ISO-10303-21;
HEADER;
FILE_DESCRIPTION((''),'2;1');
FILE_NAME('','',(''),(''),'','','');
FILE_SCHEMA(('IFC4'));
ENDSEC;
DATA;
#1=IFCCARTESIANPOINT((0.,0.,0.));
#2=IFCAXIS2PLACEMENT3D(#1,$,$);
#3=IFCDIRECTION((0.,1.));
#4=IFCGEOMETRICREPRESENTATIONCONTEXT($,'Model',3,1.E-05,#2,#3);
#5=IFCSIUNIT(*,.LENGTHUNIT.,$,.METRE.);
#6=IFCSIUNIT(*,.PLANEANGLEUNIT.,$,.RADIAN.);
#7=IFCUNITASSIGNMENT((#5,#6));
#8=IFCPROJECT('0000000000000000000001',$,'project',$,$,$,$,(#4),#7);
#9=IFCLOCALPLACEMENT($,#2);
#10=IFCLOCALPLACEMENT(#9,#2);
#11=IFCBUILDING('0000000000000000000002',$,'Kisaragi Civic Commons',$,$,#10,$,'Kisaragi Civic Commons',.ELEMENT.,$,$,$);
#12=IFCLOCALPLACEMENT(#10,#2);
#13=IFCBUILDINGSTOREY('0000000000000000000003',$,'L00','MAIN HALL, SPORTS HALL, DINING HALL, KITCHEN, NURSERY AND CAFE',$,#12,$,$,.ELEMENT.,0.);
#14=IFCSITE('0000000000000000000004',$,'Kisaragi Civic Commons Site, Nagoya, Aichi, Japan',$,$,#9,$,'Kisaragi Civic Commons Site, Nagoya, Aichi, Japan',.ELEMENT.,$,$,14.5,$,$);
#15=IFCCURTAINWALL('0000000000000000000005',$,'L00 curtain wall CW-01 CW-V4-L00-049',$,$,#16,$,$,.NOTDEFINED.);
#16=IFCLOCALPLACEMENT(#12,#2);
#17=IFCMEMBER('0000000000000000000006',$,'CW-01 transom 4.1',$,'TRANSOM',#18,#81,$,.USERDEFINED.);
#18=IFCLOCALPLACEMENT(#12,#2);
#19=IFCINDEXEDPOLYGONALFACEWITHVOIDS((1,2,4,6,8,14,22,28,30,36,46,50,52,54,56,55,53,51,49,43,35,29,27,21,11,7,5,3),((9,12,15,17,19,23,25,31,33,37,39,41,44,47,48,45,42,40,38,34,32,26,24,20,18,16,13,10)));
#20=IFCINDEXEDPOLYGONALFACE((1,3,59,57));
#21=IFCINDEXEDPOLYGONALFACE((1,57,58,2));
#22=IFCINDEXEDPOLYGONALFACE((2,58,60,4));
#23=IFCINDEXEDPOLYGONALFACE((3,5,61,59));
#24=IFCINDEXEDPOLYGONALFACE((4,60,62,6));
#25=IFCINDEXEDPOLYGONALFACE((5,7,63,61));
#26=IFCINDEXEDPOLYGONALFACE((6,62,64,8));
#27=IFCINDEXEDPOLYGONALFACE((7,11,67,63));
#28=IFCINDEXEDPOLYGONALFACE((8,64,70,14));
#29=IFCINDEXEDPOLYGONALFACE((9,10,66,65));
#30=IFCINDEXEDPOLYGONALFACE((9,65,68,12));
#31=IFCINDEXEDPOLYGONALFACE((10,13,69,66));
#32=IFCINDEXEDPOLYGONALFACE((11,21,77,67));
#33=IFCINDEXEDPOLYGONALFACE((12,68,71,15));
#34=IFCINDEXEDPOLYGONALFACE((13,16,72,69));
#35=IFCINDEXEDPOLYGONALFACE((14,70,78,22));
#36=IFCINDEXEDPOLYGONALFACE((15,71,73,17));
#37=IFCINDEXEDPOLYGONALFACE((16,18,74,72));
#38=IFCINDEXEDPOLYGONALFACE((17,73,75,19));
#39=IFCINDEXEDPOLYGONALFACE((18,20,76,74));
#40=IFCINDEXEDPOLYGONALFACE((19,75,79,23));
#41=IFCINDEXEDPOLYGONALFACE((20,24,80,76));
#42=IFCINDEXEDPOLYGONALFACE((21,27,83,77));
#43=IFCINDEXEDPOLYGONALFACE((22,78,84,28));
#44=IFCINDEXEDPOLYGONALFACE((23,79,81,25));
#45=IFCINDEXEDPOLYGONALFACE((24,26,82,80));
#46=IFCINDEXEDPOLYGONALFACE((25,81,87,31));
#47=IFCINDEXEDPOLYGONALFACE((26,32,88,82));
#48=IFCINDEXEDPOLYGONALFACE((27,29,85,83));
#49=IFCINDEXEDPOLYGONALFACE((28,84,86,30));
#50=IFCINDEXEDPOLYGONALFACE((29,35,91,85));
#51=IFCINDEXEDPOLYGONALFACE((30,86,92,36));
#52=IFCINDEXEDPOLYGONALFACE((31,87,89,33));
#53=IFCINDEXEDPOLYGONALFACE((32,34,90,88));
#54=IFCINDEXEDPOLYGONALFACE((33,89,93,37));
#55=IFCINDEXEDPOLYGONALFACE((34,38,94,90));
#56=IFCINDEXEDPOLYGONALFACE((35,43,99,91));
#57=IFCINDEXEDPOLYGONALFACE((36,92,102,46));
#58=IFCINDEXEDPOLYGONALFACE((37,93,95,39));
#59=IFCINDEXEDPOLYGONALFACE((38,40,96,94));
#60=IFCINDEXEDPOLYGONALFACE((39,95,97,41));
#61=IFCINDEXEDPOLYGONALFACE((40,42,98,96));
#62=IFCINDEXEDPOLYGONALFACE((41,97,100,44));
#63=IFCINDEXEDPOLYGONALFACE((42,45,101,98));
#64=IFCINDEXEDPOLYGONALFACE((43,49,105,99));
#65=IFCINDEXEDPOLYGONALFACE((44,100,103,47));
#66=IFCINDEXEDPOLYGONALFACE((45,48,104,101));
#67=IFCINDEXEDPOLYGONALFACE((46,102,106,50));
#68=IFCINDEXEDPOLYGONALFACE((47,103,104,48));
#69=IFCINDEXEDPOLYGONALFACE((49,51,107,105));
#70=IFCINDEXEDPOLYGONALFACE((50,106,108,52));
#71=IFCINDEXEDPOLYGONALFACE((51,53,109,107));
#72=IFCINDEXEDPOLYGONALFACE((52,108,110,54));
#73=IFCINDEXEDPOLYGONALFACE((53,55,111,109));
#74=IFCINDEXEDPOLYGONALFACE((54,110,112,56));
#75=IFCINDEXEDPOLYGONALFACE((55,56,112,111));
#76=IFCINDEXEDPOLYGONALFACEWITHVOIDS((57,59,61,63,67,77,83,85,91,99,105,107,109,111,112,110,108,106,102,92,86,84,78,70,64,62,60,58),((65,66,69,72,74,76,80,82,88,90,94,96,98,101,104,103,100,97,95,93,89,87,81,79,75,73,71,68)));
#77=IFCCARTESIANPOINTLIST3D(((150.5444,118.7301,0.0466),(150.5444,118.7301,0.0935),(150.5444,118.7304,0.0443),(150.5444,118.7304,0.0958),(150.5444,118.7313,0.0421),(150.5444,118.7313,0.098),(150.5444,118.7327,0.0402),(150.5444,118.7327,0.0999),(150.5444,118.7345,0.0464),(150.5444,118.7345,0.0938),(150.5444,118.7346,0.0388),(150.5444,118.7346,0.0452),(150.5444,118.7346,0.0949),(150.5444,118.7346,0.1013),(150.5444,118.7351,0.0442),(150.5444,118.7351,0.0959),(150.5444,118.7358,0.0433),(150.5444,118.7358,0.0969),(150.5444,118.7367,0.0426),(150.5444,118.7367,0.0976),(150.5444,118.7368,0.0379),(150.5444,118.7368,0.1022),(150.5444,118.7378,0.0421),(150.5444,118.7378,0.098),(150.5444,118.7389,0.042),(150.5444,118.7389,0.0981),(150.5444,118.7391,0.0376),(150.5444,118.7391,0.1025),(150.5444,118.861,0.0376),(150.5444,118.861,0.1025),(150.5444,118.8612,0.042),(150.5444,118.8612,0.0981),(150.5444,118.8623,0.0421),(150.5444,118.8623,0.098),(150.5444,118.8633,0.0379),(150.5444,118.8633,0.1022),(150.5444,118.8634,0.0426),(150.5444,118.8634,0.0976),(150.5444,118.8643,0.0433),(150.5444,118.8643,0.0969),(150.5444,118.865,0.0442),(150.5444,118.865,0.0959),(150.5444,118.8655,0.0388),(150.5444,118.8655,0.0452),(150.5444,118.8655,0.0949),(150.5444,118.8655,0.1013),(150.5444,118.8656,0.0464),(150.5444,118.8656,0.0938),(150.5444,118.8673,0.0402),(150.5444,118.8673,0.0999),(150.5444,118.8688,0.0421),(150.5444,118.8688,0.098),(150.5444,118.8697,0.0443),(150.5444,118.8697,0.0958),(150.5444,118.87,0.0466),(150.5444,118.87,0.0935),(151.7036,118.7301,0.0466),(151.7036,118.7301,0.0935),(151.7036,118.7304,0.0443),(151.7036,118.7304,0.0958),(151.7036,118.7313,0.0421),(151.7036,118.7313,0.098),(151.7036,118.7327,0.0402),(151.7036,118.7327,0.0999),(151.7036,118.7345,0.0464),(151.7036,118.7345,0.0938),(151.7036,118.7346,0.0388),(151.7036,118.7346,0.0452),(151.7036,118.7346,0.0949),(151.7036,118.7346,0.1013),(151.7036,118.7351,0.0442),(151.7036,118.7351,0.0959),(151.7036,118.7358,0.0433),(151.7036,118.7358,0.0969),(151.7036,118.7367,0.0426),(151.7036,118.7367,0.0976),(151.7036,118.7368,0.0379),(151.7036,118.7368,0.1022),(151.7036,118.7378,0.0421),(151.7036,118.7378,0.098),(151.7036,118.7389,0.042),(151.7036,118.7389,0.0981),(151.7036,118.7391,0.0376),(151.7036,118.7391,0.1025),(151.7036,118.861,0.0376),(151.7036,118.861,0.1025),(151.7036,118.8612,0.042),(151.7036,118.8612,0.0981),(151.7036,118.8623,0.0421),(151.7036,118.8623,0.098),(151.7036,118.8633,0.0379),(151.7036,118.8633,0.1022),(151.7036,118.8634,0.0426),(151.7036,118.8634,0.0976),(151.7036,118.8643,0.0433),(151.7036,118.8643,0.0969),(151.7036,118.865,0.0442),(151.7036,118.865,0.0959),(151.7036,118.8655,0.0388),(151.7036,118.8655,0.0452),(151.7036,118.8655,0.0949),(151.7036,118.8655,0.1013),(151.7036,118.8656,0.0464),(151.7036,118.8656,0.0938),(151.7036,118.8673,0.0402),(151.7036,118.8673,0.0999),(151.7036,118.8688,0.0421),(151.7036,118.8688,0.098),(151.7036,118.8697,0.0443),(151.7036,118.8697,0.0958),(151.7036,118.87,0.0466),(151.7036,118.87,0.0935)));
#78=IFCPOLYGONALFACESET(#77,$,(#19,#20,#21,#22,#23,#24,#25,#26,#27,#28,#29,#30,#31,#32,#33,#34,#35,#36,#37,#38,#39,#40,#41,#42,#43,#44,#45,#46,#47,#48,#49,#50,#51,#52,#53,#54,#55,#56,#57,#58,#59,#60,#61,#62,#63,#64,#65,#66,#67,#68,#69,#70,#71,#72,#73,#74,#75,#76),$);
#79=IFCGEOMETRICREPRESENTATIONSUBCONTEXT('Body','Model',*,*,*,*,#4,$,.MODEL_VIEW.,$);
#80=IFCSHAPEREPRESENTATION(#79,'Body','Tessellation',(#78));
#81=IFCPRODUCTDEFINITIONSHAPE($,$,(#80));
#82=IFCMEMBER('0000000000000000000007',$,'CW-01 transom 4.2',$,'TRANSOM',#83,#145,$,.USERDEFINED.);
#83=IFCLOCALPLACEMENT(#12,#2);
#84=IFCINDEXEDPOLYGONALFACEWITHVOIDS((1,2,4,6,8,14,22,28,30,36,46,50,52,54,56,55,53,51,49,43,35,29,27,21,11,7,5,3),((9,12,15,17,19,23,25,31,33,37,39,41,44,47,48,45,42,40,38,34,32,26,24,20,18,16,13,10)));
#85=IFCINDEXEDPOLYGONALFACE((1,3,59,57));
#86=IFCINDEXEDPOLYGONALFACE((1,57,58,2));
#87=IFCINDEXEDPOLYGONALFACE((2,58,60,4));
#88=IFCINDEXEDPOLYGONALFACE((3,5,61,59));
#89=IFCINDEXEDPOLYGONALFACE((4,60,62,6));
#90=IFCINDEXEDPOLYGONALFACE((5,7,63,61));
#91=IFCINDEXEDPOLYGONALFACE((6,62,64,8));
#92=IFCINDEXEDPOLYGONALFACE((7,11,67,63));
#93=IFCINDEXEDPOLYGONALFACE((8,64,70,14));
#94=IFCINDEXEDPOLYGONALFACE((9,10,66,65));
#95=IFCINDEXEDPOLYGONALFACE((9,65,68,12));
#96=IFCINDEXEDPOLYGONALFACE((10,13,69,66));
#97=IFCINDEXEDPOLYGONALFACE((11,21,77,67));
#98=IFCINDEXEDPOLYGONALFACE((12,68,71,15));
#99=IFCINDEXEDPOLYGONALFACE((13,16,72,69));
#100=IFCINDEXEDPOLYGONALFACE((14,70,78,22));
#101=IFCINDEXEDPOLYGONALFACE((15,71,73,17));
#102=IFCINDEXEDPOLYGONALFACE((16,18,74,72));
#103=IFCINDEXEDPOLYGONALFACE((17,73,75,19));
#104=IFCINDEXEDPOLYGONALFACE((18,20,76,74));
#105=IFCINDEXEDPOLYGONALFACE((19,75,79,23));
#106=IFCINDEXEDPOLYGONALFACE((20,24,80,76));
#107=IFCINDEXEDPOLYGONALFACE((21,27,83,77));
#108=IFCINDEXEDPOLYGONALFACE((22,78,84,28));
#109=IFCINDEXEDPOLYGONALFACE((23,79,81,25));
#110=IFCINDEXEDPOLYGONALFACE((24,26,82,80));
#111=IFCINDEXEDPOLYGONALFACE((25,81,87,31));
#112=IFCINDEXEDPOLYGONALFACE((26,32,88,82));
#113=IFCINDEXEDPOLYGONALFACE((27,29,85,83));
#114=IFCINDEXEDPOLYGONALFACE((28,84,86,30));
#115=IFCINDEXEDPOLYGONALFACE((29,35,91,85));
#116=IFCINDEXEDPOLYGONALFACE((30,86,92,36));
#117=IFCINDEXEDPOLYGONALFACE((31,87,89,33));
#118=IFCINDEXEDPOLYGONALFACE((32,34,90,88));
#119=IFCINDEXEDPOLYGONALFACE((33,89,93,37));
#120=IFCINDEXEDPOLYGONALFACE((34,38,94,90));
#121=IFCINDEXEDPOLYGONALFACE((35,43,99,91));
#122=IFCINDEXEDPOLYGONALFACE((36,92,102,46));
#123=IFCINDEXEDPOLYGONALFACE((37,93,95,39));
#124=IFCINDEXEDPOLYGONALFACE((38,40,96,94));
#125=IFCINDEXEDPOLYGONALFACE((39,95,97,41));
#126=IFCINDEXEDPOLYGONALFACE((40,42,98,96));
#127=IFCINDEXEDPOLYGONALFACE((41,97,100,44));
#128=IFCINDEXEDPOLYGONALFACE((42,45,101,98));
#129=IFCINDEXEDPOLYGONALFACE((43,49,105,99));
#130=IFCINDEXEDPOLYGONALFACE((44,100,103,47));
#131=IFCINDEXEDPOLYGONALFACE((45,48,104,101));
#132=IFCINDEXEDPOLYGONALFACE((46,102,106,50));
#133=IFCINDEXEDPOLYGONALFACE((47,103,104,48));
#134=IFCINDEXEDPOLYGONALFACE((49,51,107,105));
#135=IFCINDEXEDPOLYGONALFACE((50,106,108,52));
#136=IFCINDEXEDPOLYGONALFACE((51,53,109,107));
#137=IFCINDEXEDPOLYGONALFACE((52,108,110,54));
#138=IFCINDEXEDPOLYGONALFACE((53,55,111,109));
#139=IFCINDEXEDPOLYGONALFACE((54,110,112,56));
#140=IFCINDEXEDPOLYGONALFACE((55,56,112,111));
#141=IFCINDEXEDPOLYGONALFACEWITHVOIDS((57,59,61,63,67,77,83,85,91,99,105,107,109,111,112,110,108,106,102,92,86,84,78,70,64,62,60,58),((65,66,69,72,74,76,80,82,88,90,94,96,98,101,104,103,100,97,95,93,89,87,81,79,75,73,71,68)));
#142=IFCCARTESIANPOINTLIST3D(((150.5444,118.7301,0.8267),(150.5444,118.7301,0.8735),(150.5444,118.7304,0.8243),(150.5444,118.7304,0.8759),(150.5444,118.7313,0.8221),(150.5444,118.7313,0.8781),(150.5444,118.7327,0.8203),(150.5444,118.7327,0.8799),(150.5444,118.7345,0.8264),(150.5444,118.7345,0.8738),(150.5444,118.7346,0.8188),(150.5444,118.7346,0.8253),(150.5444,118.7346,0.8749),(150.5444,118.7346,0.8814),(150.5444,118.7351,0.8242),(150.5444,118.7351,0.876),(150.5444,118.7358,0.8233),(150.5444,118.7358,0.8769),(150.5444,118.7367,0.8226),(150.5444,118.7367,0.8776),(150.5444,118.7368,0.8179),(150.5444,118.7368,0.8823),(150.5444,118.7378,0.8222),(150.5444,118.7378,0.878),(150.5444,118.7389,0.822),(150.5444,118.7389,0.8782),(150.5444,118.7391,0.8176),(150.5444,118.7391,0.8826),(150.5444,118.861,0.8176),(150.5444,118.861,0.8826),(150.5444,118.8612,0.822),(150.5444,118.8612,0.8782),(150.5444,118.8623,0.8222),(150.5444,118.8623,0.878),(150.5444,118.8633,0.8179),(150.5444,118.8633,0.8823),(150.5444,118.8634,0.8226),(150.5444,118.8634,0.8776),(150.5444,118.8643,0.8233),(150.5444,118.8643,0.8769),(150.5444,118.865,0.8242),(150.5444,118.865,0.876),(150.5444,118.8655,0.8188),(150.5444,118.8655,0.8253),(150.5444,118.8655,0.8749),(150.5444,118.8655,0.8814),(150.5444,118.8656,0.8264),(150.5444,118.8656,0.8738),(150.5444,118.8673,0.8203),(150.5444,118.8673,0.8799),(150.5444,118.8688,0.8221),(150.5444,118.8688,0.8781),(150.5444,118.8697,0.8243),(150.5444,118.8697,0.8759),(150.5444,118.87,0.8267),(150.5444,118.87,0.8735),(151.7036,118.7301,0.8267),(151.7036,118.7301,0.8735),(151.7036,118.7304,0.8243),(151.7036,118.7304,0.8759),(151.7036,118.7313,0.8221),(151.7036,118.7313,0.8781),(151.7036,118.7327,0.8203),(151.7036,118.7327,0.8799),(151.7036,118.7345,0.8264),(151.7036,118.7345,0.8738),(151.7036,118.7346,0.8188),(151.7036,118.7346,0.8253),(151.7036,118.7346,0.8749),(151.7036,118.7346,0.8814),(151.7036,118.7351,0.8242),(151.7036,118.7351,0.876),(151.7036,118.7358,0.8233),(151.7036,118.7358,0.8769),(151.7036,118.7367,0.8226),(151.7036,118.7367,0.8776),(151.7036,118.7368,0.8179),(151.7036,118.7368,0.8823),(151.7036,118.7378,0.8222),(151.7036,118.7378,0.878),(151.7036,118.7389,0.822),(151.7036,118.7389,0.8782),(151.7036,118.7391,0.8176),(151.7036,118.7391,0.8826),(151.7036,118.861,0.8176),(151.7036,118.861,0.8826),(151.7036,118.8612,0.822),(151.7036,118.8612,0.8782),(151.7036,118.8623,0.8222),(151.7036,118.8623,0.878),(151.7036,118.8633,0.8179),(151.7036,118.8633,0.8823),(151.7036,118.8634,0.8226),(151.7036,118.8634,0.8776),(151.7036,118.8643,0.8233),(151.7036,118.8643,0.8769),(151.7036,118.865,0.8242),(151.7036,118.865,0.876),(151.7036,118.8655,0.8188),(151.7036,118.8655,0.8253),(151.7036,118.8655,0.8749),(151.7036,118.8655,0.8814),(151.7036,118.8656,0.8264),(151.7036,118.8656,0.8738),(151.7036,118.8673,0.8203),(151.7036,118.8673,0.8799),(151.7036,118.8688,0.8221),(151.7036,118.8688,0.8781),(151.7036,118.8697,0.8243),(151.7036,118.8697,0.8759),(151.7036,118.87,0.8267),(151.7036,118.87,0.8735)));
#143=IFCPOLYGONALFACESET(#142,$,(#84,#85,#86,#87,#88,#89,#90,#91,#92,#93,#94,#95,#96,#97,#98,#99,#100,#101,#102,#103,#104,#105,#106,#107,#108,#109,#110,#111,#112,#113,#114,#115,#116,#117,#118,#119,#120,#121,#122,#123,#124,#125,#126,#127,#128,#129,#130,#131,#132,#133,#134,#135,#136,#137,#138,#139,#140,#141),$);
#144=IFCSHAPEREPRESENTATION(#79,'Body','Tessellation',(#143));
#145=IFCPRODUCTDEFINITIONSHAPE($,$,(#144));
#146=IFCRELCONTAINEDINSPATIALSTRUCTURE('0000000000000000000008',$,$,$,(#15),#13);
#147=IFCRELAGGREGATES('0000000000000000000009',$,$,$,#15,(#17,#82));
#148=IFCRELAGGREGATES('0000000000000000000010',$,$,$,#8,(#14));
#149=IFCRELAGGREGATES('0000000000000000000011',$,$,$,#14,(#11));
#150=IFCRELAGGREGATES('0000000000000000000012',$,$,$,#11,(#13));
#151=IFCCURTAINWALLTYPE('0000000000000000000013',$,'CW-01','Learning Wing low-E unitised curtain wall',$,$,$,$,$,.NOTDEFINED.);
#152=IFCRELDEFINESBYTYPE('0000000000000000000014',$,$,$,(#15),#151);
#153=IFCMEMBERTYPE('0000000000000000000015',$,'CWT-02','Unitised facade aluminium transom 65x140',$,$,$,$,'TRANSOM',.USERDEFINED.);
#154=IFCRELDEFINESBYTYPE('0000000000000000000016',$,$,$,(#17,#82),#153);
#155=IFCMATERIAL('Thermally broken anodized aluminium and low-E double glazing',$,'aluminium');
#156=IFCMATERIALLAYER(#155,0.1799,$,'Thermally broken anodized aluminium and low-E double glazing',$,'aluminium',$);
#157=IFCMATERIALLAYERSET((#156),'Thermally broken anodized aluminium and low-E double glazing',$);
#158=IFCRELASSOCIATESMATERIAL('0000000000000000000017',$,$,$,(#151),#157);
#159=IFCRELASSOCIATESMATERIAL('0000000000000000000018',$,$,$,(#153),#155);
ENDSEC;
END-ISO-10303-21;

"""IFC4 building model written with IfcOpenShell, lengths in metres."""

from ifc_helpers import new_model, si_unit, direction, frame, origin, origin_2d, place, context, subcontext, project, spatial, hollow_rectangle, extrude, material, layer, layer_set, material_profile, profile_set, type_object, element, aggregate, save


model = new_model("IFC4")

# Units and contexts
model_context = context("Model", 3, precision=1e-05, world=origin(), true_north=direction((0.0, 1.0)))
body_context = subcontext(model_context, "Body", "Model", "MODEL_VIEW")
ifc_project = project(units=[si_unit("LENGTHUNIT", "METRE"), si_unit("PLANEANGLEUNIT", "RADIAN")], contexts=[model_context])

# Site, building, storey
site_placement = place(None, origin())
site = spatial("IfcSite", under=ifc_project, at=site_placement, Name="Kisaragi Civic Commons Site, Nagoya, Aichi, Japan", LongName="Kisaragi Civic Commons Site, Nagoya, Aichi, Japan", CompositionType="ELEMENT", RefElevation=14.5)
building_placement = place(site_placement, origin())
building = spatial("IfcBuilding", under=site, at=building_placement, Name="Kisaragi Civic Commons", LongName="Kisaragi Civic Commons", CompositionType="ELEMENT")
storey_placement = place(building_placement, origin())
storey = spatial("IfcBuildingStorey", under=building, at=storey_placement, Name="L00", Description="MAIN HALL, SPORTS HALL, DINING HALL, KITCHEN, NURSERY AND CAFE", CompositionType="ELEMENT", Elevation=0.0)

# Curtain wall, members
ifc_material_1 = material(Name="Thermally broken anodized aluminium and low-E double glazing", Category="aluminium")
ifc_layer_1 = layer(ifc_material_1, 0.1799, Name="Thermally broken anodized aluminium and low-E double glazing", Category="aluminium")
ifc_layer_set_1 = layer_set([ifc_layer_1], Name="Thermally broken anodized aluminium and low-E double glazing")
curtain_wall_type = type_object("IfcCurtainWallType", Name="CW-01", Description="Learning Wing low-E unitised curtain wall", PredefinedType="NOTDEFINED", material=ifc_layer_set_1)
curtain_wall_placement = place(storey_placement, origin())
curtain_wall = element("IfcCurtainWall", 1, at=curtain_wall_placement, inside=storey, type_object=curtain_wall_type, Name="L00 curtain wall CW-01 CW-V4-L00-049", PredefinedType="NOTDEFINED")
ifc_material_profile_1 = material_profile(ifc_material_1, hollow_rectangle(XDim=0.1399, YDim=0.0649, WallThickness=0.0044, InnerFilletRadius=0.0044, OuterFilletRadius=0.009, at=origin_2d()), Name="CWT-65x140x4.5", Category="aluminium")
ifc_profile_set_1 = profile_set([ifc_material_profile_1], Name="Thermally broken anodized aluminium and low-E double glazing")
member_type_1 = type_object("IfcMemberType", Name="CWT-02", Description="Unitised facade aluminium transom 65x140", ElementType="TRANSOM", PredefinedType="USERDEFINED", material=ifc_profile_set_1)
member_1_placement = place(storey_placement, frame((150.5444, 118.8, 0.0701), z_axis=(1.0, 0.0, 0.0), x_axis=(0.0, 1.0, 0.0)))
member_1 = element("IfcMember", 2, at=member_1_placement, type_object=member_type_1, Name="CW-01 transom 4.1", ObjectType="TRANSOM", PredefinedType="USERDEFINED", context=body_context, shape_type="SweptSolid", body=[
    extrude(hollow_rectangle(XDim=0.1399, YDim=0.0649, WallThickness=0.0044, InnerFilletRadius=0.0044, OuterFilletRadius=0.009, at=origin_2d()), origin(), (0.0, 0.0, 1.0), 1.1592),
])
member_2_placement = place(storey_placement, frame((150.5444, 118.8, 0.8501), z_axis=(1.0, 0.0, 0.0), x_axis=(0.0, 1.0, 0.0)))
member_2 = element("IfcMember", 3, at=member_2_placement, type_object=member_type_1, Name="CW-01 transom 4.2", ObjectType="TRANSOM", PredefinedType="USERDEFINED", context=body_context, shape_type="SweptSolid", body=[
    extrude(hollow_rectangle(XDim=0.1399, YDim=0.0649, WallThickness=0.0044, InnerFilletRadius=0.0044, OuterFilletRadius=0.009, at=origin_2d()), origin(), (0.0, 0.0, 1.0), 1.1592),
])
aggregate(curtain_wall, [member_1, member_2])

save(model, "model.ifc")
